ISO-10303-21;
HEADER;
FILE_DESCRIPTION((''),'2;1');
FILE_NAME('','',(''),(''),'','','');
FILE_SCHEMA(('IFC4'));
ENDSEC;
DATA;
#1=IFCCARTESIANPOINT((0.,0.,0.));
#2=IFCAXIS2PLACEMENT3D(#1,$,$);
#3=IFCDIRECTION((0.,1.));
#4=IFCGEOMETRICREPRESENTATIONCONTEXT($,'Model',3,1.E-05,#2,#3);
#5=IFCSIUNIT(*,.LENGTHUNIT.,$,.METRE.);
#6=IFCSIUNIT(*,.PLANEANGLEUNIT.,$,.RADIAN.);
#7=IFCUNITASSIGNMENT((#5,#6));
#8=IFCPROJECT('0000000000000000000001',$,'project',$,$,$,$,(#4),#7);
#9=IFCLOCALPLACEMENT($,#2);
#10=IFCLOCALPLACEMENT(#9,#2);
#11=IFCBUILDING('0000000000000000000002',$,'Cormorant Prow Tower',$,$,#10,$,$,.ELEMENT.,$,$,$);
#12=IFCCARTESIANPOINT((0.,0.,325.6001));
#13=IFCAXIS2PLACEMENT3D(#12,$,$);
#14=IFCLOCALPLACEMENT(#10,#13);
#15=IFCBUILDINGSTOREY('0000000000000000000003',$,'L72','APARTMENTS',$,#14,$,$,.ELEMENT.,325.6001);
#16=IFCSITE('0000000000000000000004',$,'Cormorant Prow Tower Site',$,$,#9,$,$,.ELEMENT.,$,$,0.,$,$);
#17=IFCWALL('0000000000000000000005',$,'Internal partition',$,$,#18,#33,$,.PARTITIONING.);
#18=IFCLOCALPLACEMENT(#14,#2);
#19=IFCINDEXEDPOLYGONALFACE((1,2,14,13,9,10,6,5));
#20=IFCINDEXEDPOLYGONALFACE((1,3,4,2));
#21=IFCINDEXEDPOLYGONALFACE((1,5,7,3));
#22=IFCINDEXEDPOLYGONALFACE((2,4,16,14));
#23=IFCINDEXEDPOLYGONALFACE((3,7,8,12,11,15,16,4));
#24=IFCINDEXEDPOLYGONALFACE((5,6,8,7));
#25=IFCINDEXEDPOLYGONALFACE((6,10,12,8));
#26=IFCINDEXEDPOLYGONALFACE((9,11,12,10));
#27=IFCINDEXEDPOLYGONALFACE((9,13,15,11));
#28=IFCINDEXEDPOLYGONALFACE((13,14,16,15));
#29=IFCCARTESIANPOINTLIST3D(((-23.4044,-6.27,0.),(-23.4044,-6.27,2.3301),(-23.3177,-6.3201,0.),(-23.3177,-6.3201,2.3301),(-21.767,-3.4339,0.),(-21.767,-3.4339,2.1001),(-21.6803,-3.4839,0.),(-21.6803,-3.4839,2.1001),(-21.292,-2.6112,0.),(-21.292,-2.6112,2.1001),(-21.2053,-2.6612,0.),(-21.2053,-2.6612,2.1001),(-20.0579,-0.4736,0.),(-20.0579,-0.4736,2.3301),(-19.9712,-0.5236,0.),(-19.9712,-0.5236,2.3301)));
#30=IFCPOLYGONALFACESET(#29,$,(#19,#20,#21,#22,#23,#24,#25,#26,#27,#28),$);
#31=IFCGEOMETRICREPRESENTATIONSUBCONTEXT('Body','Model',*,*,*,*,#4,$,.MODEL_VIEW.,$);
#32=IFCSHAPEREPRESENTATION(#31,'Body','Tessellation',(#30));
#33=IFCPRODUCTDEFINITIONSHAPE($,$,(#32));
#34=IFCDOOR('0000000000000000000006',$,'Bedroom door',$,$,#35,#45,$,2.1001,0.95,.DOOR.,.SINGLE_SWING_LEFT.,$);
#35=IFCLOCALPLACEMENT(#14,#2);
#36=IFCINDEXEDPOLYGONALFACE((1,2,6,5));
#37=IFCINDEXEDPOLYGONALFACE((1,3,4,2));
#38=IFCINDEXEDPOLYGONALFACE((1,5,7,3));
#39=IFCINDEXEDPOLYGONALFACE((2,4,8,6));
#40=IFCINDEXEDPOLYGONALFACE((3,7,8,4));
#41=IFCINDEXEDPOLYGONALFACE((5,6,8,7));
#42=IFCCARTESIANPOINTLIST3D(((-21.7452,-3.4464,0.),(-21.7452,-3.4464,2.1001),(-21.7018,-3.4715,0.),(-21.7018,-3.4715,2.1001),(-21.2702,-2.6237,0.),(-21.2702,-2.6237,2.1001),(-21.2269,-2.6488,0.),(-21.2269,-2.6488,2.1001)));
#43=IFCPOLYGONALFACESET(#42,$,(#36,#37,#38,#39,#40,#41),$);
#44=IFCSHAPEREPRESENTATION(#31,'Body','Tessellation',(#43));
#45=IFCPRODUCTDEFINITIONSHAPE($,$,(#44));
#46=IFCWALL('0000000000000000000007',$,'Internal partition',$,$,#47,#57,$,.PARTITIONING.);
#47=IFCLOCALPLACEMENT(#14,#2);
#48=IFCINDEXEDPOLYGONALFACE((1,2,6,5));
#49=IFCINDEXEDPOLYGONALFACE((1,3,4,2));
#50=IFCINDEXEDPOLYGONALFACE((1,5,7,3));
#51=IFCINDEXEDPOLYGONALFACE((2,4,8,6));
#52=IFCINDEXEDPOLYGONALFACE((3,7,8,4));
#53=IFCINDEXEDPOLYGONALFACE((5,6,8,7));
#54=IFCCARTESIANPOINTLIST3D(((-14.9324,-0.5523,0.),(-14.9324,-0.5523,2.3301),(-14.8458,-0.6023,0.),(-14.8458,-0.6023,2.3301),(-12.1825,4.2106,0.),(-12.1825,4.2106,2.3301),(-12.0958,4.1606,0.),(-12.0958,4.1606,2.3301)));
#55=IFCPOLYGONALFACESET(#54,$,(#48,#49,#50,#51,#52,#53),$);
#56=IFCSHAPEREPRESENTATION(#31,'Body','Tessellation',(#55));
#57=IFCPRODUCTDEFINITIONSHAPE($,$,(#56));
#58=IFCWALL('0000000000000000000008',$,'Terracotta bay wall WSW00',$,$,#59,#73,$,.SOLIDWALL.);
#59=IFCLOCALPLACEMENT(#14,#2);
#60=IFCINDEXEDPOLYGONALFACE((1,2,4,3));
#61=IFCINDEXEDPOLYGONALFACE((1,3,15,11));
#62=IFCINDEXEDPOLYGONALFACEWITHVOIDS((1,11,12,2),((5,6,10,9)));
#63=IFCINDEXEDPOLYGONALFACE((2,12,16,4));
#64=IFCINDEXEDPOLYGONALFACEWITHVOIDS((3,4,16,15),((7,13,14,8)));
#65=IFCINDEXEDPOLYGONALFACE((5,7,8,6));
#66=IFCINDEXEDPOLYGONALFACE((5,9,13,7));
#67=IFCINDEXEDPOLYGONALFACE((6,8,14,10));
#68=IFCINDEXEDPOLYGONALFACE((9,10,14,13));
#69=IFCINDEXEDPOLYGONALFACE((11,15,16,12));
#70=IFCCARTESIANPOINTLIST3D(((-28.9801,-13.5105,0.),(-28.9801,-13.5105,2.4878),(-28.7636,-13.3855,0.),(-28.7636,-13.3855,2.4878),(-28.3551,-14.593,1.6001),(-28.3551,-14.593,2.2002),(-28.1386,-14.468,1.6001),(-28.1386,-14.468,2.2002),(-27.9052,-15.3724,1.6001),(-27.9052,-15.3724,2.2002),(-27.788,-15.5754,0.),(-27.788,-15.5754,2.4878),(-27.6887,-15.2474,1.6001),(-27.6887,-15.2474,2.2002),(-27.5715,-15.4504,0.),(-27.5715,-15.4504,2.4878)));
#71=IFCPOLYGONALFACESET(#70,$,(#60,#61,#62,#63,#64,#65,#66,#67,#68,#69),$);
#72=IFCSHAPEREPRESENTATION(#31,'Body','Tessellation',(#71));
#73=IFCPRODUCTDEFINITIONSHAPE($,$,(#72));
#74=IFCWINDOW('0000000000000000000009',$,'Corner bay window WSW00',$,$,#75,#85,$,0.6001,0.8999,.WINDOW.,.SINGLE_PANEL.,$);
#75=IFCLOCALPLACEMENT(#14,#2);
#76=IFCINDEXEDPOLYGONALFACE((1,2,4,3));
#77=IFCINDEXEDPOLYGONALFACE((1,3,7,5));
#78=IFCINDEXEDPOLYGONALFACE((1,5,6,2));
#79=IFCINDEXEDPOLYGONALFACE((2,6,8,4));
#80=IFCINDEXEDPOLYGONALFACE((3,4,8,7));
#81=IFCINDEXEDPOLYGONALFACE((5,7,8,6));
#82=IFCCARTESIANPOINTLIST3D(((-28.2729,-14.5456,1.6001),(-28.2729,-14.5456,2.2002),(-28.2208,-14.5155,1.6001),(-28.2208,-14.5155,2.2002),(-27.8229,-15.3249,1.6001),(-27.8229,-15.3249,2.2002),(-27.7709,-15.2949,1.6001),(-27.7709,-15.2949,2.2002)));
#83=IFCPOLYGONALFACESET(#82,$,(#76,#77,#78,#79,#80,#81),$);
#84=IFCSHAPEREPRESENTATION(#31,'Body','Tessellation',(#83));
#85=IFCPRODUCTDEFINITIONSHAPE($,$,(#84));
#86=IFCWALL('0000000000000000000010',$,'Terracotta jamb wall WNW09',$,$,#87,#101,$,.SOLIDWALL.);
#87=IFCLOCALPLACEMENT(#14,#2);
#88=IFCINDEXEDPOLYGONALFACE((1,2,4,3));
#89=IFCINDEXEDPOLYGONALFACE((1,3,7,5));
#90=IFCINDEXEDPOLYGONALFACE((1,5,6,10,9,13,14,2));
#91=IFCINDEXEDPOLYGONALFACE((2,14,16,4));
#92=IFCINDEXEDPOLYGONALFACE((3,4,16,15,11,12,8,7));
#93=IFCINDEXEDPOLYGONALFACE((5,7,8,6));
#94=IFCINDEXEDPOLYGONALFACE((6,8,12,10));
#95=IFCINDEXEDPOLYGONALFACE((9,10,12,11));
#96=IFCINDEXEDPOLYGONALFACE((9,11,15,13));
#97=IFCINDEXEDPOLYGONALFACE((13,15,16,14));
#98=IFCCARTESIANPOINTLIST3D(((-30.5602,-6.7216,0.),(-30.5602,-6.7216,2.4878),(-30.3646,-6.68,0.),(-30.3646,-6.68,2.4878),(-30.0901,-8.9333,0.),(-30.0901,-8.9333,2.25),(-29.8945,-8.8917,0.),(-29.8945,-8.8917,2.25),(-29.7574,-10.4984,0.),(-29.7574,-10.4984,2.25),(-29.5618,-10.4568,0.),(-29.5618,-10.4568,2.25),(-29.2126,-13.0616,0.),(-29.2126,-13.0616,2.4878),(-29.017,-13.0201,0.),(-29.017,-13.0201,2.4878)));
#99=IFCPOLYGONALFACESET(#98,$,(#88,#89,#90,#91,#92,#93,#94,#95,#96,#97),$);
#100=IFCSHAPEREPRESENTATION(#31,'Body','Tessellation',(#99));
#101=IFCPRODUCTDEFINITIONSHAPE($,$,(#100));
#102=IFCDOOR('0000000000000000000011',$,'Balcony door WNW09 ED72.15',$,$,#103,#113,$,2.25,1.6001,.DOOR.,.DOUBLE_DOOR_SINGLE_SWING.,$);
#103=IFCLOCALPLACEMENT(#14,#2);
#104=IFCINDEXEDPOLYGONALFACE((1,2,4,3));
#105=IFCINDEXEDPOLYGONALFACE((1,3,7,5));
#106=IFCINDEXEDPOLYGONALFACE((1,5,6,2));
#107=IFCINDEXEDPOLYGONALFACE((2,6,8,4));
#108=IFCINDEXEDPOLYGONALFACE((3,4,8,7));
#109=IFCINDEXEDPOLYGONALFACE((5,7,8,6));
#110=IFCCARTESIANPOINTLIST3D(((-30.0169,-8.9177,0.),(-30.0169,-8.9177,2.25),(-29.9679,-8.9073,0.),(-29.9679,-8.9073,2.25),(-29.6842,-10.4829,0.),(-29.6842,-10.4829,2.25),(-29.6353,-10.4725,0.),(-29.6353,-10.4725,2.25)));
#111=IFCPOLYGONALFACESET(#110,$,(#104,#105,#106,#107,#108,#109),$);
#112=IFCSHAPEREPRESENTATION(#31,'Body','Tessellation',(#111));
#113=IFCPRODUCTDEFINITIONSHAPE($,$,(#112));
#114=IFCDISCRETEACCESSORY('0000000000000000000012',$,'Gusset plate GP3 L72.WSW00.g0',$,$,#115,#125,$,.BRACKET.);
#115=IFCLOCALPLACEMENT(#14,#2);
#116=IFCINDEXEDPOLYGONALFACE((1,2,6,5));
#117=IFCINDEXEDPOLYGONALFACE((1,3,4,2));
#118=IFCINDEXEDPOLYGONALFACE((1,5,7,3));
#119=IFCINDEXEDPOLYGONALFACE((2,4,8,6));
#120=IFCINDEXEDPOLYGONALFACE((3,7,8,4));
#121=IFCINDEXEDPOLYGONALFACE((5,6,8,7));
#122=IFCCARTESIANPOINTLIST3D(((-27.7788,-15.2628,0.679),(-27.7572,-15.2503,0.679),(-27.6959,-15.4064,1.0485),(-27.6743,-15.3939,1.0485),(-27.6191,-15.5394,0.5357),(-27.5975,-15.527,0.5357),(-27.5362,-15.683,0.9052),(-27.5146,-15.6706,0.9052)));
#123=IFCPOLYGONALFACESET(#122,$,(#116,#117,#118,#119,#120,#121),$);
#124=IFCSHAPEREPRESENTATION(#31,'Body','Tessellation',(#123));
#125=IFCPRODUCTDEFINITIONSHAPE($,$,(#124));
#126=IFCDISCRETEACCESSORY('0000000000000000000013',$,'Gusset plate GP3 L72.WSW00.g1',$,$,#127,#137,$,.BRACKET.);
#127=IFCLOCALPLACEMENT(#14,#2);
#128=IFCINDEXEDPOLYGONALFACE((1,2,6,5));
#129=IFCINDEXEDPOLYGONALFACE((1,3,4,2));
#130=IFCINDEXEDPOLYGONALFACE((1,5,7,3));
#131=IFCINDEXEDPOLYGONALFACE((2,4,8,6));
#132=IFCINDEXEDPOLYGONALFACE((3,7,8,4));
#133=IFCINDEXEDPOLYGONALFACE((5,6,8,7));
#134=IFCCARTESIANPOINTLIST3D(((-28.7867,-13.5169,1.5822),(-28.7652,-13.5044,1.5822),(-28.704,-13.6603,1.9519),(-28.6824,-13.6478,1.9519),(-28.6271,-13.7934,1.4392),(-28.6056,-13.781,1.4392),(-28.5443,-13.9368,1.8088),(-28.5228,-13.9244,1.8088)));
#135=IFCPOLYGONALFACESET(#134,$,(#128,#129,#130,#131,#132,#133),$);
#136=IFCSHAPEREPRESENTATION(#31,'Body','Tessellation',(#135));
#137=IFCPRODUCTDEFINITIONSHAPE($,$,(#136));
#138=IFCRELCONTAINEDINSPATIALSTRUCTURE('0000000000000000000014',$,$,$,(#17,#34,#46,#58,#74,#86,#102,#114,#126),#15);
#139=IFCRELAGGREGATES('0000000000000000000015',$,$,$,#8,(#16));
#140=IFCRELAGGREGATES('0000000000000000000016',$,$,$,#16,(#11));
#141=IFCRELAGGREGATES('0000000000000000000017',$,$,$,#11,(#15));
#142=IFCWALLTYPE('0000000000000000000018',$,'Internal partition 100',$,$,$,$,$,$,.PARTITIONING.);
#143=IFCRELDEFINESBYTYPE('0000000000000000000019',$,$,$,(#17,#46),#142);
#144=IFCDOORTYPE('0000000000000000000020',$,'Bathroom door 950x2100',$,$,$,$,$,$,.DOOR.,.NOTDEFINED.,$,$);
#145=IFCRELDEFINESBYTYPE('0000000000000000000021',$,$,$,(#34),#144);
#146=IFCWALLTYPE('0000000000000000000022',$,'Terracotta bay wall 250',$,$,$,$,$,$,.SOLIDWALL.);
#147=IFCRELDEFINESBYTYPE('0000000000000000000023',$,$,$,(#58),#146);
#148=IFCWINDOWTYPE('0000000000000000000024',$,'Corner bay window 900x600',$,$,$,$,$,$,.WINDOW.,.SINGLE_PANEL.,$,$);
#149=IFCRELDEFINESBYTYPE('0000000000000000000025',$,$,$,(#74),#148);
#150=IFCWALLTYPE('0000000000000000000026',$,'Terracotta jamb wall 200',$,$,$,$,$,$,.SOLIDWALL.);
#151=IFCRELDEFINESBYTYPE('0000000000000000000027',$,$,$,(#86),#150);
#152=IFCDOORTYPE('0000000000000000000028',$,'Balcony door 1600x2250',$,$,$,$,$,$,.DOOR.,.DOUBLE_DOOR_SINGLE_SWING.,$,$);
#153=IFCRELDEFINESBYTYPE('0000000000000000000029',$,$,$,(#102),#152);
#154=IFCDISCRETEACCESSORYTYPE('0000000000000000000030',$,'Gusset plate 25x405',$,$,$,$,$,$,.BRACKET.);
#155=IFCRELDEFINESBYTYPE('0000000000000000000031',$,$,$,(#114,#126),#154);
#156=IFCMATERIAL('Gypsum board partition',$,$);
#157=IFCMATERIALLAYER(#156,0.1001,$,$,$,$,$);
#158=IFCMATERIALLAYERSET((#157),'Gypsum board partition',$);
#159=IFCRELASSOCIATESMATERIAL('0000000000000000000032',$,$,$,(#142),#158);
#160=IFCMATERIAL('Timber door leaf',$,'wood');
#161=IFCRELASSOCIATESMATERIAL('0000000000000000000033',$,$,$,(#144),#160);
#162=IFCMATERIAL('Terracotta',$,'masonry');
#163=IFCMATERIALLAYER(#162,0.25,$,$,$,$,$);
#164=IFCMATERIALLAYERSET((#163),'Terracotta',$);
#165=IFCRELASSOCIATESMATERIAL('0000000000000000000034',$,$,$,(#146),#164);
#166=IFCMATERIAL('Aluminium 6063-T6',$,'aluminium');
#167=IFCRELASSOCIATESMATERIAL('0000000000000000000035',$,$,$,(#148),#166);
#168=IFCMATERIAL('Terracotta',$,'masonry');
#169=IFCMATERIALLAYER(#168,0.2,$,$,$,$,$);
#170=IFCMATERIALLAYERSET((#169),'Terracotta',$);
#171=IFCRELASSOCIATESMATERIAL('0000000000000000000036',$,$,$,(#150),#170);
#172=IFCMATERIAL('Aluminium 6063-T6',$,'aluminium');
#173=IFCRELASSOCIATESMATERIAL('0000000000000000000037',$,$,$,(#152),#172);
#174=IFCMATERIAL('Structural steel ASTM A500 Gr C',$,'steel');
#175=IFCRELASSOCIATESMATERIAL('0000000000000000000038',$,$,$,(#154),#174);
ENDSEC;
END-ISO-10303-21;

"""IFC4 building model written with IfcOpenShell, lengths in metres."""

from ifc_helpers import new_model, si_unit, direction, frame, frame_2d, origin, origin_2d, place, context, subcontext, project, spatial, rectangle, extrude, material, layer, layer_set, material_profile, profile_set, type_object, element, fill, save


model = new_model("IFC4")

# Units and contexts
model_context = context("Model", 3, precision=1e-05, world=origin(), true_north=direction((0.0, 1.0)))
body_context = subcontext(model_context, "Body", "Model", "MODEL_VIEW")
ifc_project = project(units=[si_unit("LENGTHUNIT", "METRE"), si_unit("PLANEANGLEUNIT", "RADIAN")], contexts=[model_context])

# Site, building, storey
site_placement = place(None, origin())
site = spatial("IfcSite", under=ifc_project, at=site_placement, Name="Cormorant Prow Tower Site", CompositionType="ELEMENT", RefElevation=0.0)
building_placement = place(site_placement, origin())
building = spatial("IfcBuilding", under=site, at=building_placement, Name="Cormorant Prow Tower", CompositionType="ELEMENT")
storey_placement = place(building_placement, frame((0.0, 0.0, 325.6001)))
storey = spatial("IfcBuildingStorey", under=building, at=storey_placement, Name="L72", Description="APARTMENTS", CompositionType="ELEMENT", Elevation=325.6001)

# Wall, opening, door
ifc_material_1 = material(Name="Gypsum board partition")
ifc_layer_1 = layer(ifc_material_1, 0.1001)
ifc_layer_set_1 = layer_set([ifc_layer_1], Name="Gypsum board partition")
wall_type_1 = type_object("IfcWallType", Name="Internal partition 100", PredefinedType="PARTITIONING", material=ifc_layer_set_1)
wall_1_placement = place(storey_placement, frame((-23.3611, -6.2952, 0.0), z_axis=(0.0, 0.0, 1.0), x_axis=(0.499988, 0.866033, 0.0)))
wall_1 = element("IfcWall", 1, at=wall_1_placement, inside=storey, type_object=wall_type_1, Name="Internal partition", PredefinedType="PARTITIONING", context=body_context, shape_type="SweptSolid", body=[
    extrude(rectangle(XDim=6.6931, YDim=0.1001, at=frame_2d((3.3467, 0.0))), origin(), (0.0, 0.0, 1.0), 2.3301),
])
opening_1_placement = place(wall_1_placement, frame((3.2749, 0.0, 0.0)))
opening_1 = element("IfcOpeningElement", 2, at=opening_1_placement, cuts=wall_1, PredefinedType="OPENING", context=body_context, shape_type="SweptSolid", body=[
    extrude(rectangle(XDim=0.95, YDim=2.1001, at=frame_2d((0.4751, 1.05))), frame((0.0, 0.0601, 0.0), z_axis=(0.0, -1.0, 0.0), x_axis=(1.0, 0.0, 0.0)), (0.0, 0.0, 1.0), 0.1201),
])
ifc_material_2 = material(Name="Timber door leaf", Category="wood")
door_type_1 = type_object("IfcDoorType", Name="Bathroom door 950x2100", OperationType="NOTDEFINED", PredefinedType="DOOR", material=ifc_material_2)
door_1_placement = place(opening_1_placement, origin())
door_1 = element("IfcDoor", 3, at=door_1_placement, inside=storey, type_object=door_type_1, Name="Bedroom door", OperationType="SINGLE_SWING_LEFT", OverallHeight=2.1001, OverallWidth=0.95, PredefinedType="DOOR", context=body_context, shape_type="SweptSolid", body=[
    extrude(rectangle(XDim=0.95, YDim=2.1001, at=frame_2d((0.4751, 1.05))), frame((0.0, 0.0249, 0.0), z_axis=(0.0, -1.0, 0.0), x_axis=(1.0, 0.0, 0.0)), (0.0, 0.0, 1.0), 0.05),
])
fill(opening_1, door_1)

# Wall
wall_2_placement = place(storey_placement, frame((-14.8892, -0.5774, 0.0), z_axis=(0.0, 0.0, 1.0), x_axis=(0.500016, 0.866016, 0.0)))
element("IfcWall", 4, at=wall_2_placement, inside=storey, type_object=wall_type_1, Name="Internal partition", PredefinedType="PARTITIONING", context=body_context, shape_type="SweptSolid", body=[
    extrude(rectangle(XDim=5.4998, YDim=0.1001, at=frame_2d((2.75, 0.0))), origin(), (0.0, 0.0, 1.0), 2.3301),
])

# Wall, opening, window
ifc_material_3 = material(Name="Terracotta", Category="masonry")
ifc_layer_2 = layer(ifc_material_3, 0.25)
ifc_layer_set_2 = layer_set([ifc_layer_2], Name="Terracotta")
wall_type_2 = type_object("IfcWallType", Name="Terracotta bay wall 250", PredefinedType="SOLIDWALL", material=ifc_layer_set_2)
wall_3_placement = place(storey_placement, frame((-28.8718, -13.448, 0.0), z_axis=(0.0, 0.0, 1.0), x_axis=(0.499982, -0.866036, 0.0)))
wall_3 = element("IfcWall", 5, at=wall_3_placement, inside=storey, type_object=wall_type_2, Name="Terracotta bay wall WSW00", PredefinedType="SOLIDWALL", context=body_context, shape_type="SweptSolid", body=[
    extrude(rectangle(XDim=2.3843, YDim=0.25, at=frame_2d((1.1921, 0.0))), origin(), (0.0, 0.0, 1.0), 2.4878),
])
opening_2_placement = place(wall_3_placement, frame((1.25, 0.0, 1.6001)))
opening_2 = element("IfcOpeningElement", 6, at=opening_2_placement, cuts=wall_3, PredefinedType="OPENING", context=body_context, shape_type="SweptSolid", body=[
    extrude(rectangle(XDim=0.8999, YDim=0.6001, at=frame_2d((0.45, 0.3))), frame((0.0, 0.135, 0.0), z_axis=(0.0, -1.0, 0.0), x_axis=(1.0, 0.0, 0.0)), (0.0, 0.0, 1.0), 0.27),
])
ifc_material_4 = material(Name="Aluminium 6063-T6", Category="aluminium")
window_type = type_object("IfcWindowType", Name="Corner bay window 900x600", PartitioningType="SINGLE_PANEL", PredefinedType="WINDOW", material=ifc_material_4)
window_placement = place(opening_2_placement, origin())
window = element("IfcWindow", 7, at=window_placement, inside=storey, type_object=window_type, Name="Corner bay window WSW00", OverallHeight=0.6001, OverallWidth=0.8999, PartitioningType="SINGLE_PANEL", PredefinedType="WINDOW", context=body_context, shape_type="SweptSolid", body=[
    extrude(rectangle(XDim=0.8999, YDim=0.6001, at=frame_2d((0.45, 0.3))), frame((0.0, 0.03, 0.0), z_axis=(0.0, -1.0, 0.0), x_axis=(1.0, 0.0, 0.0)), (0.0, 0.0, 1.0), 0.0601),
])
fill(opening_2, window)

# Wall, opening, door
ifc_material_5 = material(Name="Terracotta", Category="masonry")
ifc_layer_3 = layer(ifc_material_5, 0.2)
ifc_layer_set_3 = layer_set([ifc_layer_3], Name="Terracotta")
wall_type_3 = type_object("IfcWallType", Name="Terracotta jamb wall 200", PredefinedType="SOLIDWALL", material=ifc_layer_set_3)
wall_4_placement = place(storey_placement, frame((-30.4624, -6.7009, 0.0), z_axis=(0.0, 0.0, 1.0), x_axis=(0.207916, -0.978147, 0.0)))
wall_4 = element("IfcWall", 8, at=wall_4_placement, inside=storey, type_object=wall_type_3, Name="Terracotta jamb wall WNW09", PredefinedType="SOLIDWALL", context=body_context, shape_type="SweptSolid", body=[
    extrude(rectangle(XDim=6.4817, YDim=0.2, at=frame_2d((3.2407, 0.0))), origin(), (0.0, 0.0, 1.0), 2.4878),
])
opening_3_placement = place(wall_4_placement, frame((2.261, 0.0, 0.0)))
opening_3 = element("IfcOpeningElement", 9, at=opening_3_placement, cuts=wall_4, PredefinedType="OPENING", context=body_context, shape_type="SweptSolid", body=[
    extrude(rectangle(XDim=1.6001, YDim=2.25, at=frame_2d((0.8, 1.125))), frame((0.0, 0.1099, 0.0), z_axis=(0.0, -1.0, 0.0), x_axis=(1.0, 0.0, 0.0)), (0.0, 0.0, 1.0), 0.22),
])
ifc_material_6 = material(Name="Aluminium 6063-T6", Category="aluminium")
door_type_2 = type_object("IfcDoorType", Name="Balcony door 1600x2250", OperationType="DOUBLE_DOOR_SINGLE_SWING", PredefinedType="DOOR", material=ifc_material_6)
door_2_placement = place(opening_3_placement, origin())
door_2 = element("IfcDoor", 10, at=door_2_placement, inside=storey, type_object=door_type_2, Name="Balcony door WNW09 ED72.15", OperationType="DOUBLE_DOOR_SINGLE_SWING", OverallHeight=2.25, OverallWidth=1.6001, PredefinedType="DOOR", context=body_context, shape_type="SweptSolid", body=[
    extrude(rectangle(XDim=1.6001, YDim=2.25, at=frame_2d((0.8, 1.125))), frame((0.0, 0.0249, 0.0), z_axis=(0.0, -1.0, 0.0), x_axis=(1.0, 0.0, 0.0)), (0.0, 0.0, 1.0), 0.05),
])
fill(opening_3, door_2)

# Discrete accessories
ifc_material_7 = material(Name="Structural steel ASTM A500 Gr C", Category="steel")
ifc_material_profile_1 = material_profile(ifc_material_7, rectangle(XDim=0.0249, YDim=0.405, at=origin_2d()), Name="Gusset plate 25x405")
ifc_profile_set_1 = profile_set([ifc_material_profile_1], Name="Structural steel ASTM A500 Gr C")
discrete_accessory_type = type_object("IfcDiscreteAccessoryType", Name="Gusset plate 25x405", PredefinedType="BRACKET", material=ifc_profile_set_1)
discrete_accessory_1_placement = place(storey_placement, frame((-27.7266, -15.3284, 0.8638), z_axis=(0.456109, -0.790171, -0.409383), x_axis=(0.866071, 0.499921, 0.0)))
element("IfcDiscreteAccessory", 11, at=discrete_accessory_1_placement, inside=storey, type_object=discrete_accessory_type, Name="Gusset plate GP3 L72.WSW00.g0", PredefinedType="BRACKET", context=body_context, shape_type="SweptSolid", body=[
    extrude(rectangle(XDim=0.0249, YDim=0.405, at=origin_2d()), origin(), (0.0, 0.0, 1.0), 0.3501),
])
discrete_accessory_2_placement = place(storey_placement, frame((-28.575, -13.8589, 1.624), z_axis=(-0.456239, 0.790397, 0.408802), x_axis=(-0.866071, -0.499921, 0.0)))
element("IfcDiscreteAccessory", 12, at=discrete_accessory_2_placement, inside=storey, type_object=discrete_accessory_type, Name="Gusset plate GP3 L72.WSW00.g1", PredefinedType="BRACKET", context=body_context, shape_type="SweptSolid", body=[
    extrude(rectangle(XDim=0.0249, YDim=0.405, at=origin_2d()), origin(), (0.0, 0.0, 1.0), 0.3499),
])

save(model, "model.ifc")
